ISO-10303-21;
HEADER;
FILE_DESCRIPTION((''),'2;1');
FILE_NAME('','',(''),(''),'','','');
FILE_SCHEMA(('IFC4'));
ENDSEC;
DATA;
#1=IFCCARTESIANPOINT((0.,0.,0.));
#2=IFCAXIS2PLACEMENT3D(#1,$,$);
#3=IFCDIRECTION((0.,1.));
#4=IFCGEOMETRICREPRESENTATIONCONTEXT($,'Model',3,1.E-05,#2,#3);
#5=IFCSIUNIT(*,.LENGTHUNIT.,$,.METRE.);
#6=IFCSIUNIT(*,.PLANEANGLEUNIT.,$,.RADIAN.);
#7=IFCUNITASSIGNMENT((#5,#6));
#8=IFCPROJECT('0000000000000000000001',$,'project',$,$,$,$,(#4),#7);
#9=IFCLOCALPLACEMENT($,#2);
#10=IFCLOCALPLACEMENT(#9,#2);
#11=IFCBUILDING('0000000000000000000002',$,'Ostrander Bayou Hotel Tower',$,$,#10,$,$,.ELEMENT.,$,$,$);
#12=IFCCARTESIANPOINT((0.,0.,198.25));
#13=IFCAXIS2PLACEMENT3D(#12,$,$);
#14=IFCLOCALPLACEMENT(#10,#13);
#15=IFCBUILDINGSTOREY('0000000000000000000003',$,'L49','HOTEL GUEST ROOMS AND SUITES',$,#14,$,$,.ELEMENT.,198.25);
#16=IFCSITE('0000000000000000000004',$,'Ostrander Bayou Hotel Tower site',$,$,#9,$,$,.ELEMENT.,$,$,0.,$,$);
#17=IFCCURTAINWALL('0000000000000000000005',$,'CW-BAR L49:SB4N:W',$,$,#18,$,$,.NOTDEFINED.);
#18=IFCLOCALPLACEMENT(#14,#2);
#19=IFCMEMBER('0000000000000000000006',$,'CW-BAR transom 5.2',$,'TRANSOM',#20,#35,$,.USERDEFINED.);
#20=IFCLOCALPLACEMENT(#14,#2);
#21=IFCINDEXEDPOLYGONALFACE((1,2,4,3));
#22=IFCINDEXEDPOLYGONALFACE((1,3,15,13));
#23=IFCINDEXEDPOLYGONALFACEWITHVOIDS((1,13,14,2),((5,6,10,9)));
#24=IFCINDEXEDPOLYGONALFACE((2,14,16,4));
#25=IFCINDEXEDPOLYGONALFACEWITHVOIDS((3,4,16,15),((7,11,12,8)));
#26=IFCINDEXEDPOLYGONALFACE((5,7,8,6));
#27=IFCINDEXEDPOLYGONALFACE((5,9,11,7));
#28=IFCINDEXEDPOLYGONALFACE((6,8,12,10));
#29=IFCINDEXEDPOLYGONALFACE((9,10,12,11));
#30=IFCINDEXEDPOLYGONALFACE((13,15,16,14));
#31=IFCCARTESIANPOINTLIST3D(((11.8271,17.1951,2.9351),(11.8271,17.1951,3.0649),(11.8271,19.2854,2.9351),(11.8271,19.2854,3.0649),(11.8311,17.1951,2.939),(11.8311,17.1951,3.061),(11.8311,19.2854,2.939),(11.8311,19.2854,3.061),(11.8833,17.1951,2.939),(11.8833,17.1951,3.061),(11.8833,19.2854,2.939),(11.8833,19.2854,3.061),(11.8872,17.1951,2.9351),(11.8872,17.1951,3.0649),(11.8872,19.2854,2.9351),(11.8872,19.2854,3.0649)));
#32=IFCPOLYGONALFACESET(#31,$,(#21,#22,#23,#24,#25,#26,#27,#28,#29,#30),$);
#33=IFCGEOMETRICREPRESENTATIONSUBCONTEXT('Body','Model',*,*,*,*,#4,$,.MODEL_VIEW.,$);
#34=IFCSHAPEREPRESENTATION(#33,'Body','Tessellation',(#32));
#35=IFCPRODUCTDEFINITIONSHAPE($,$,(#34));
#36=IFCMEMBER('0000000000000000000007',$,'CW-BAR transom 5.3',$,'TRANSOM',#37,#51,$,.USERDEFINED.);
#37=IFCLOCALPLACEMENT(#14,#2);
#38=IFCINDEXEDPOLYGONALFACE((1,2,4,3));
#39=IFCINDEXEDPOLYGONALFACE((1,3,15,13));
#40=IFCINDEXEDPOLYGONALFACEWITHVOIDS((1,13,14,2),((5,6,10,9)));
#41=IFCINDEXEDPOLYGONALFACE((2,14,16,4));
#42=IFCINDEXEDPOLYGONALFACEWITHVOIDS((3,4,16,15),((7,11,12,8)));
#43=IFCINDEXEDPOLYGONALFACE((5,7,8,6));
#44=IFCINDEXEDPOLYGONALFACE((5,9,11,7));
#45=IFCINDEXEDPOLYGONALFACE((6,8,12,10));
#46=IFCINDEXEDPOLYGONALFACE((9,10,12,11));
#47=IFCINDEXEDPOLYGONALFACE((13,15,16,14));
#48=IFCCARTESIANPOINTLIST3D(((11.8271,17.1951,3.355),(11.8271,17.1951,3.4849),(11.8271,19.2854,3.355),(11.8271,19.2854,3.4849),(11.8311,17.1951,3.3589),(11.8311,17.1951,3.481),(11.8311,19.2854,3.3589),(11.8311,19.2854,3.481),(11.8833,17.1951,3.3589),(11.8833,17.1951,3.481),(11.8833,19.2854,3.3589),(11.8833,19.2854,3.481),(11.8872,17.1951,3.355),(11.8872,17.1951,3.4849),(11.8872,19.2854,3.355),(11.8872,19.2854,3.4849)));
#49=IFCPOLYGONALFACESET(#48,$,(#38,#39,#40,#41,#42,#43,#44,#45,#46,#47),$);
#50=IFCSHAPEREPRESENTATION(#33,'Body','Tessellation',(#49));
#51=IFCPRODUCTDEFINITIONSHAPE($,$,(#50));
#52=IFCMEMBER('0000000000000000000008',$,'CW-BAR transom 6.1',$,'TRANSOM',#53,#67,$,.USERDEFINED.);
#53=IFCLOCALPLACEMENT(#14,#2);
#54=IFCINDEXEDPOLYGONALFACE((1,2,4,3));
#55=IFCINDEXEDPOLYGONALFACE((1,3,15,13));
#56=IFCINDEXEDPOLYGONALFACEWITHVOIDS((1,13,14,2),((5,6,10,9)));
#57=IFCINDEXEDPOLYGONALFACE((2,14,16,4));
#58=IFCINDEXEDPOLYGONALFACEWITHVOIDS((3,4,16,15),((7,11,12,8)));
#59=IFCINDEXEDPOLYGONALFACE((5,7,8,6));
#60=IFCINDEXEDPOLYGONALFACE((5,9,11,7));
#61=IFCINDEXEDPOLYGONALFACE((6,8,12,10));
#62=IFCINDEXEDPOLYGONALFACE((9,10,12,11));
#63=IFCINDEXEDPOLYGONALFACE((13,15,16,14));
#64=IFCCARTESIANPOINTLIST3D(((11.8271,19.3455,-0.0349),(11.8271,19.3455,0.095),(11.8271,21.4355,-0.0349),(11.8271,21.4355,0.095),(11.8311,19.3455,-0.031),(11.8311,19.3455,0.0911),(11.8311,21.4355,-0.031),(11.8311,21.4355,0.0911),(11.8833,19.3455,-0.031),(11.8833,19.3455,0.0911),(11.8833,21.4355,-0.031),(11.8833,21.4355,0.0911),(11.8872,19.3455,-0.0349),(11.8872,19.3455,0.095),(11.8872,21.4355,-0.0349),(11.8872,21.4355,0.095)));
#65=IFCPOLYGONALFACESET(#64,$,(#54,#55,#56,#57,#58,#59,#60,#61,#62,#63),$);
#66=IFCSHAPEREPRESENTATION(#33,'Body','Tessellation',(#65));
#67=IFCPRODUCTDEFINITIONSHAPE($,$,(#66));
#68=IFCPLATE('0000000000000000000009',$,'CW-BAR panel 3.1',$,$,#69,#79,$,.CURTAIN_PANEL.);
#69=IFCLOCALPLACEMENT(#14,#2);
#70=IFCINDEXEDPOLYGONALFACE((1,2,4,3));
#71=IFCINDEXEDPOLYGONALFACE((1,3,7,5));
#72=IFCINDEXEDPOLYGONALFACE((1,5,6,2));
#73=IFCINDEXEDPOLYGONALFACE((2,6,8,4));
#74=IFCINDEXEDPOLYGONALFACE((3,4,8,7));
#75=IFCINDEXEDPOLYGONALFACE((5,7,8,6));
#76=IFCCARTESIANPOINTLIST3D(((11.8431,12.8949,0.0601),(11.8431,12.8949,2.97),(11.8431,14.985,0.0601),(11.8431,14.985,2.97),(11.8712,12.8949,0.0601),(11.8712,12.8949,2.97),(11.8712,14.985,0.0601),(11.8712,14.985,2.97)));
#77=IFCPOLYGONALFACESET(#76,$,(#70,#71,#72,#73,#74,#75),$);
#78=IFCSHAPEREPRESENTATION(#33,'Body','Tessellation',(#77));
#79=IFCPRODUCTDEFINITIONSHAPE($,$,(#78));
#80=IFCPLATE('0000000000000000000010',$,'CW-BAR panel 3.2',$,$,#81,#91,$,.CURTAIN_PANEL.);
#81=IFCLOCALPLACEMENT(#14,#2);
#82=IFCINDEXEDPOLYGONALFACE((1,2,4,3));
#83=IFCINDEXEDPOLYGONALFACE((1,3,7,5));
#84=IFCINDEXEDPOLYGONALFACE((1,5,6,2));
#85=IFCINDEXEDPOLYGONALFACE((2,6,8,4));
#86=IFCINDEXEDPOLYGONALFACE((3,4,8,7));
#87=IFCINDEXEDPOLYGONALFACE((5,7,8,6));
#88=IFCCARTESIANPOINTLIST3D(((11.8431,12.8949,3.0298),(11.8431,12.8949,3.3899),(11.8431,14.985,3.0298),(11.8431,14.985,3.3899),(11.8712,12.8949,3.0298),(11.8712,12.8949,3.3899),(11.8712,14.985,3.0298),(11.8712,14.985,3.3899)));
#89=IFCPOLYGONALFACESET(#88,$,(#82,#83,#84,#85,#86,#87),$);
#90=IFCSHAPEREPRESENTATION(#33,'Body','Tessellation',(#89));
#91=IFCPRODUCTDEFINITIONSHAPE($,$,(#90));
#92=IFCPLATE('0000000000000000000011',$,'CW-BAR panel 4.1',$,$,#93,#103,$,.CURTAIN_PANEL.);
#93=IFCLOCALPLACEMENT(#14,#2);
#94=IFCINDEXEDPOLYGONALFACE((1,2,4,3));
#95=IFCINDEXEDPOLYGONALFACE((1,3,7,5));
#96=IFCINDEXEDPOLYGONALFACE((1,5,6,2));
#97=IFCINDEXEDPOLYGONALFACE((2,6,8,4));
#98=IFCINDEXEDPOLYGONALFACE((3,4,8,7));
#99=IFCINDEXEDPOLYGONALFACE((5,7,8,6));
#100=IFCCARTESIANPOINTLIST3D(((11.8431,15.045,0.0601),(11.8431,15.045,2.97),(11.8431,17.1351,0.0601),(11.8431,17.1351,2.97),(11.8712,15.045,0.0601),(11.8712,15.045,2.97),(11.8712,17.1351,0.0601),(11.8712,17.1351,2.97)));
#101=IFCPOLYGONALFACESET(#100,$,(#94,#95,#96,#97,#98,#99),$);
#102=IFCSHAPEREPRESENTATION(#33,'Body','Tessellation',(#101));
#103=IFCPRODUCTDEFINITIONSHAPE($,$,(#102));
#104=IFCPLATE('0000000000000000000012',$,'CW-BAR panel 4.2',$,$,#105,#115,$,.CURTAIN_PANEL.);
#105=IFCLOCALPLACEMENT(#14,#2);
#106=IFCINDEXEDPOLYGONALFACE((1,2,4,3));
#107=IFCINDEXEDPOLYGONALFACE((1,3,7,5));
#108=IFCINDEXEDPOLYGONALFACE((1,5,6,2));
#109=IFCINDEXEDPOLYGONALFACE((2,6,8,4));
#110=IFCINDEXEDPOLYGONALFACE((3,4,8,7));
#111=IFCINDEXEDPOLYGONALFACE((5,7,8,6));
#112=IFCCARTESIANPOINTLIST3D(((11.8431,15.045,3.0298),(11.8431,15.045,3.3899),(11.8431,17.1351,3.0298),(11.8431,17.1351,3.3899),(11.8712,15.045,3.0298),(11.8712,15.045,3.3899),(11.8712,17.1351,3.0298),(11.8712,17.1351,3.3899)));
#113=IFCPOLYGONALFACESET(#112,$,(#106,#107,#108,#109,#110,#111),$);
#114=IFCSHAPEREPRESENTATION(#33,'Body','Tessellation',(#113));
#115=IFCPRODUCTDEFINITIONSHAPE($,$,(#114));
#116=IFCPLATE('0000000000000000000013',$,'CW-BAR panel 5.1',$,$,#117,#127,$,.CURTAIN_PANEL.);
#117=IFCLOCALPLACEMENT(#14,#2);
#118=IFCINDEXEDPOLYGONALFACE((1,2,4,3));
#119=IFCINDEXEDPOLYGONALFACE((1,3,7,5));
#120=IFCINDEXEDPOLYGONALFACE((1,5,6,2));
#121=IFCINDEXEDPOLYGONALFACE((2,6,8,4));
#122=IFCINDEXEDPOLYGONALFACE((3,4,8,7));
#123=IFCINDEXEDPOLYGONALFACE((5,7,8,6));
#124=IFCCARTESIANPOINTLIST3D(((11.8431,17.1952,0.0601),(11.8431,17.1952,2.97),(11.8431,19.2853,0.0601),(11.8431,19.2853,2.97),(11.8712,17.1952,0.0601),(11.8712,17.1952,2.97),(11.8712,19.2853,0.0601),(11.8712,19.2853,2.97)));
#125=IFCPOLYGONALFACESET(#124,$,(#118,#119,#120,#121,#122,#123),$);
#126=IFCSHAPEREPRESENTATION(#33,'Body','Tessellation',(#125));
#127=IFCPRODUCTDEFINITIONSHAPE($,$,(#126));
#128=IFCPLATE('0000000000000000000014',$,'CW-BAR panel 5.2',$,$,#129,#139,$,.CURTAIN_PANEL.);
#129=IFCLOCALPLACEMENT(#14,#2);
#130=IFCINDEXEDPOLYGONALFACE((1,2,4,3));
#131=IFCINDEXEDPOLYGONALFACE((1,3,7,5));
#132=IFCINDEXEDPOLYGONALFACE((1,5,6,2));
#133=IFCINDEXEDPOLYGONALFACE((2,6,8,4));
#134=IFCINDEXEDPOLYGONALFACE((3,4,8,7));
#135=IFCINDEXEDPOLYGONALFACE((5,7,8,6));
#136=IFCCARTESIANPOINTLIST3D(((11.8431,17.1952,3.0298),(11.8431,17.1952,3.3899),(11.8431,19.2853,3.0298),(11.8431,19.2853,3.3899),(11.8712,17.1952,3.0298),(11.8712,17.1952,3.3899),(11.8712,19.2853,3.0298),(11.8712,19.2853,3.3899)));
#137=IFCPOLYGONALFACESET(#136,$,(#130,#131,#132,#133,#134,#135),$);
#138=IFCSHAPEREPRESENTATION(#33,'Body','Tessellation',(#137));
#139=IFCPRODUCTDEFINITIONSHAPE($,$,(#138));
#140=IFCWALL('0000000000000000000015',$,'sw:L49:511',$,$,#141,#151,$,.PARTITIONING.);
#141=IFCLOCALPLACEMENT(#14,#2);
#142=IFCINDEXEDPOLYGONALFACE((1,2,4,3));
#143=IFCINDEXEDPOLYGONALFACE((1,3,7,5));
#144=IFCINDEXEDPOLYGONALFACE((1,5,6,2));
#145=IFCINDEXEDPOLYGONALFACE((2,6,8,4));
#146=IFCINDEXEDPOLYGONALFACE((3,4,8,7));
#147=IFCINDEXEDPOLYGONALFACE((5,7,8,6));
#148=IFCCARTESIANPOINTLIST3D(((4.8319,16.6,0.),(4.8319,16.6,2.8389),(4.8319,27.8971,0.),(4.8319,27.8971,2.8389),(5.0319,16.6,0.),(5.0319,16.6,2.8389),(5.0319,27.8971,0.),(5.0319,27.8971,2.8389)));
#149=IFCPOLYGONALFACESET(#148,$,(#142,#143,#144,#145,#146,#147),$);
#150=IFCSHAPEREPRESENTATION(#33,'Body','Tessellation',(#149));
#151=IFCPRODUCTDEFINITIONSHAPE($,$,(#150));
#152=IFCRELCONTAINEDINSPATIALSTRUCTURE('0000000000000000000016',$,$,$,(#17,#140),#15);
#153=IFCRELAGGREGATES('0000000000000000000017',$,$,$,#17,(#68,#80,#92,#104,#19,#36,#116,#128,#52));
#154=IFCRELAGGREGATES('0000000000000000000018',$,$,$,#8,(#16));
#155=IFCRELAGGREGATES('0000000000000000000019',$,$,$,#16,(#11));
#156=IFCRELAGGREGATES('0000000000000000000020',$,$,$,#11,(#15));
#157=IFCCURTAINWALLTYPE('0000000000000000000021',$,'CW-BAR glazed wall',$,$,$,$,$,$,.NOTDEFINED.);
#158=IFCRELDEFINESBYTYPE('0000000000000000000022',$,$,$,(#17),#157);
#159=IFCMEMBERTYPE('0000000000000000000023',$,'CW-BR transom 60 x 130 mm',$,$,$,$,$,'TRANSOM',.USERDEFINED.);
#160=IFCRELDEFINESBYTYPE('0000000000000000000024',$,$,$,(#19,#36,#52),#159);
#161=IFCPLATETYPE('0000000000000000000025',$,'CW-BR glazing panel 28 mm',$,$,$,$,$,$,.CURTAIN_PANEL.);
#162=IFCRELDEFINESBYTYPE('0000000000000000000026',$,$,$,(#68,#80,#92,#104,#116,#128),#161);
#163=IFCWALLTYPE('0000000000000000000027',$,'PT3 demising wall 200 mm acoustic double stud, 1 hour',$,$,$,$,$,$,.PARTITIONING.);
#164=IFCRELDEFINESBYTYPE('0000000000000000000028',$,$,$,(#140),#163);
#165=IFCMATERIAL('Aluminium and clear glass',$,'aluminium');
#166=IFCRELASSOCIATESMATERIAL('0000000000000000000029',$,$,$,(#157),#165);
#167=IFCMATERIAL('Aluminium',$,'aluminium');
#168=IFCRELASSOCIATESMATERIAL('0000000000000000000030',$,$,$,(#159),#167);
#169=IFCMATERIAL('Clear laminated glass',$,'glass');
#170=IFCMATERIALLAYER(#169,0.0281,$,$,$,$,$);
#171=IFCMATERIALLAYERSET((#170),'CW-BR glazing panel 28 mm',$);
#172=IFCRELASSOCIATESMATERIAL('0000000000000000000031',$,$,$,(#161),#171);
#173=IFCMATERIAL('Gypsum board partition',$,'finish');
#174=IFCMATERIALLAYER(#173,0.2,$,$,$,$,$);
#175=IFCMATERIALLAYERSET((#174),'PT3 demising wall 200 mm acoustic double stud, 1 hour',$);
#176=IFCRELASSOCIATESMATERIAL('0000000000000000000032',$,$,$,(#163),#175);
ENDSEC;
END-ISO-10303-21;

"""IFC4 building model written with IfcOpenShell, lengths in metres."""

from ifc_helpers import new_model, si_unit, direction, frame, frame_2d, origin, origin_2d, place, context, subcontext, project, spatial, rectangle, hollow_rectangle, extrude, material, layer, layer_set, material_profile, profile_set, type_object, element, aggregate, save


model = new_model("IFC4")

# Units and contexts
model_context = context("Model", 3, precision=1e-05, world=origin(), true_north=direction((0.0, 1.0)))
body_context = subcontext(model_context, "Body", "Model", "MODEL_VIEW")
ifc_project = project(units=[si_unit("LENGTHUNIT", "METRE"), si_unit("PLANEANGLEUNIT", "RADIAN")], contexts=[model_context])

# Site, building, storey
site_placement = place(None, origin())
site = spatial("IfcSite", under=ifc_project, at=site_placement, Name="Ostrander Bayou Hotel Tower site", CompositionType="ELEMENT", RefElevation=0.0)
building_placement = place(site_placement, origin())
building = spatial("IfcBuilding", under=site, at=building_placement, Name="Ostrander Bayou Hotel Tower", CompositionType="ELEMENT")
storey_placement = place(building_placement, frame((0.0, 0.0, 198.25)))
storey = spatial("IfcBuildingStorey", under=building, at=storey_placement, Name="L49", Description="HOTEL GUEST ROOMS AND SUITES", CompositionType="ELEMENT", Elevation=198.25)

# Curtain wall, members, plates
ifc_material_1 = material(Name="Aluminium and clear glass", Category="aluminium")
curtain_wall_type = type_object("IfcCurtainWallType", Name="CW-BAR glazed wall", PredefinedType="NOTDEFINED", material=ifc_material_1)
curtain_wall_placement = place(storey_placement, origin())
curtain_wall = element("IfcCurtainWall", 1, at=curtain_wall_placement, inside=storey, type_object=curtain_wall_type, Name="CW-BAR L49:SB4N:W", PredefinedType="NOTDEFINED")
ifc_material_2 = material(Name="Aluminium", Category="aluminium")
ifc_material_profile_1 = material_profile(ifc_material_2, hollow_rectangle(XDim=0.0601, YDim=0.1299, WallThickness=0.0039, at=origin_2d()))
ifc_profile_set_1 = profile_set([ifc_material_profile_1], Name="Aluminium")
member_type_1 = type_object("IfcMemberType", Name="CW-BR transom 60 x 130 mm", ElementType="TRANSOM", PredefinedType="USERDEFINED", material=ifc_profile_set_1)
member_1_placement = place(storey_placement, frame((11.8572, 17.1951, 3.0), z_axis=(0.0, 1.0, 0.0), x_axis=(-1.0, 0.0, 0.0)))
member_1 = element("IfcMember", 2, at=member_1_placement, type_object=member_type_1, Name="CW-BAR transom 5.2", ObjectType="TRANSOM", PredefinedType="USERDEFINED", context=body_context, shape_type="SweptSolid", body=[
    extrude(hollow_rectangle(XDim=0.0601, YDim=0.1299, WallThickness=0.0039, at=origin_2d()), origin(), (0.0, 0.0, 1.0), 2.0903),
])
member_2_placement = place(storey_placement, frame((11.8572, 17.1951, 3.4199), z_axis=(0.0, 1.0, 0.0), x_axis=(-1.0, 0.0, 0.0)))
member_2 = element("IfcMember", 3, at=member_2_placement, type_object=member_type_1, Name="CW-BAR transom 5.3", ObjectType="TRANSOM", PredefinedType="USERDEFINED", context=body_context, shape_type="SweptSolid", body=[
    extrude(hollow_rectangle(XDim=0.0601, YDim=0.1299, WallThickness=0.0039, at=origin_2d()), origin(), (0.0, 0.0, 1.0), 2.0903),
])
member_3_placement = place(storey_placement, frame((11.8572, 19.3455, 0.03), z_axis=(0.0, 1.0, 0.0), x_axis=(-1.0, 0.0, 0.0)))
member_3 = element("IfcMember", 4, at=member_3_placement, type_object=member_type_1, Name="CW-BAR transom 6.1", ObjectType="TRANSOM", PredefinedType="USERDEFINED", context=body_context, shape_type="SweptSolid", body=[
    extrude(hollow_rectangle(XDim=0.0601, YDim=0.1299, WallThickness=0.0039, at=origin_2d()), origin(), (0.0, 0.0, 1.0), 2.0901),
])
ifc_material_3 = material(Name="Clear laminated glass", Category="glass")
ifc_layer_1 = layer(ifc_material_3, 0.0281)
ifc_layer_set_1 = layer_set([ifc_layer_1], Name="CW-BR glazing panel 28 mm")
plate_type = type_object("IfcPlateType", Name="CW-BR glazing panel 28 mm", PredefinedType="CURTAIN_PANEL", material=ifc_layer_set_1)
plate_1_placement = place(storey_placement, frame((11.8572, 13.9399, 0.0601), z_axis=(0.0, 0.0, 1.0), x_axis=(0.0, 1.0, 0.0)))
plate_1 = element("IfcPlate", 5, at=plate_1_placement, type_object=plate_type, Name="CW-BAR panel 3.1", PredefinedType="CURTAIN_PANEL", context=body_context, shape_type="SweptSolid", body=[
    extrude(rectangle(XDim=2.0901, YDim=0.0281, at=origin_2d()), origin(), (0.0, 0.0, 1.0), 2.9099),
])
plate_2_placement = place(storey_placement, frame((11.8572, 13.9399, 3.0298), z_axis=(0.0, 0.0, 1.0), x_axis=(0.0, 1.0, 0.0)))
plate_2 = element("IfcPlate", 6, at=plate_2_placement, type_object=plate_type, Name="CW-BAR panel 3.2", PredefinedType="CURTAIN_PANEL", context=body_context, shape_type="SweptSolid", body=[
    extrude(rectangle(XDim=2.0901, YDim=0.0281, at=origin_2d()), origin(), (0.0, 0.0, 1.0), 0.3601),
])
plate_3_placement = place(storey_placement, frame((11.8572, 16.0901, 0.0601), z_axis=(0.0, 0.0, 1.0), x_axis=(0.0, 1.0, 0.0)))
plate_3 = element("IfcPlate", 7, at=plate_3_placement, type_object=plate_type, Name="CW-BAR panel 4.1", PredefinedType="CURTAIN_PANEL", context=body_context, shape_type="SweptSolid", body=[
    extrude(rectangle(XDim=2.0901, YDim=0.0281, at=origin_2d()), origin(), (0.0, 0.0, 1.0), 2.9099),
])
plate_4_placement = place(storey_placement, frame((11.8572, 16.0901, 3.0298), z_axis=(0.0, 0.0, 1.0), x_axis=(0.0, 1.0, 0.0)))
plate_4 = element("IfcPlate", 8, at=plate_4_placement, type_object=plate_type, Name="CW-BAR panel 4.2", PredefinedType="CURTAIN_PANEL", context=body_context, shape_type="SweptSolid", body=[
    extrude(rectangle(XDim=2.0901, YDim=0.0281, at=origin_2d()), origin(), (0.0, 0.0, 1.0), 0.3601),
])
plate_5_placement = place(storey_placement, frame((11.8572, 18.2402, 0.0601), z_axis=(0.0, 0.0, 1.0), x_axis=(0.0, 1.0, 0.0)))
plate_5 = element("IfcPlate", 9, at=plate_5_placement, type_object=plate_type, Name="CW-BAR panel 5.1", PredefinedType="CURTAIN_PANEL", context=body_context, shape_type="SweptSolid", body=[
    extrude(rectangle(XDim=2.0901, YDim=0.0281, at=origin_2d()), origin(), (0.0, 0.0, 1.0), 2.9099),
])
plate_6_placement = place(storey_placement, frame((11.8572, 18.2402, 3.0298), z_axis=(0.0, 0.0, 1.0), x_axis=(0.0, 1.0, 0.0)))
plate_6 = element("IfcPlate", 10, at=plate_6_placement, type_object=plate_type, Name="CW-BAR panel 5.2", PredefinedType="CURTAIN_PANEL", context=body_context, shape_type="SweptSolid", body=[
    extrude(rectangle(XDim=2.0901, YDim=0.0281, at=origin_2d()), origin(), (0.0, 0.0, 1.0), 0.3601),
])
aggregate(curtain_wall, [plate_1, plate_2, plate_3, plate_4, member_1, member_2, plate_5, plate_6, member_3])

# Wall
ifc_material_4 = material(Name="Gypsum board partition", Category="finish")
ifc_layer_2 = layer(ifc_material_4, 0.2)
ifc_layer_set_2 = layer_set([ifc_layer_2], Name="PT3 demising wall 200 mm acoustic double stud, 1 hour")
wall_type = type_object("IfcWallType", Name="PT3 demising wall 200 mm acoustic double stud, 1 hour", PredefinedType="PARTITIONING", material=ifc_layer_set_2)
wall_placement = place(storey_placement, frame((4.9319, 16.6001, 0.0), z_axis=(0.0, 0.0, 1.0), x_axis=(0.0, 1.0, 0.0)))
element("IfcWall", 11, at=wall_placement, inside=storey, type_object=wall_type, Name="sw:L49:511", PredefinedType="PARTITIONING", context=body_context, shape_type="SweptSolid", body=[
    extrude(rectangle(XDim=11.2971, YDim=0.2, at=frame_2d((5.6484, 0.0))), origin(), (0.0, 0.0, 1.0), 2.8389),
])

save(model, "model.ifc")
